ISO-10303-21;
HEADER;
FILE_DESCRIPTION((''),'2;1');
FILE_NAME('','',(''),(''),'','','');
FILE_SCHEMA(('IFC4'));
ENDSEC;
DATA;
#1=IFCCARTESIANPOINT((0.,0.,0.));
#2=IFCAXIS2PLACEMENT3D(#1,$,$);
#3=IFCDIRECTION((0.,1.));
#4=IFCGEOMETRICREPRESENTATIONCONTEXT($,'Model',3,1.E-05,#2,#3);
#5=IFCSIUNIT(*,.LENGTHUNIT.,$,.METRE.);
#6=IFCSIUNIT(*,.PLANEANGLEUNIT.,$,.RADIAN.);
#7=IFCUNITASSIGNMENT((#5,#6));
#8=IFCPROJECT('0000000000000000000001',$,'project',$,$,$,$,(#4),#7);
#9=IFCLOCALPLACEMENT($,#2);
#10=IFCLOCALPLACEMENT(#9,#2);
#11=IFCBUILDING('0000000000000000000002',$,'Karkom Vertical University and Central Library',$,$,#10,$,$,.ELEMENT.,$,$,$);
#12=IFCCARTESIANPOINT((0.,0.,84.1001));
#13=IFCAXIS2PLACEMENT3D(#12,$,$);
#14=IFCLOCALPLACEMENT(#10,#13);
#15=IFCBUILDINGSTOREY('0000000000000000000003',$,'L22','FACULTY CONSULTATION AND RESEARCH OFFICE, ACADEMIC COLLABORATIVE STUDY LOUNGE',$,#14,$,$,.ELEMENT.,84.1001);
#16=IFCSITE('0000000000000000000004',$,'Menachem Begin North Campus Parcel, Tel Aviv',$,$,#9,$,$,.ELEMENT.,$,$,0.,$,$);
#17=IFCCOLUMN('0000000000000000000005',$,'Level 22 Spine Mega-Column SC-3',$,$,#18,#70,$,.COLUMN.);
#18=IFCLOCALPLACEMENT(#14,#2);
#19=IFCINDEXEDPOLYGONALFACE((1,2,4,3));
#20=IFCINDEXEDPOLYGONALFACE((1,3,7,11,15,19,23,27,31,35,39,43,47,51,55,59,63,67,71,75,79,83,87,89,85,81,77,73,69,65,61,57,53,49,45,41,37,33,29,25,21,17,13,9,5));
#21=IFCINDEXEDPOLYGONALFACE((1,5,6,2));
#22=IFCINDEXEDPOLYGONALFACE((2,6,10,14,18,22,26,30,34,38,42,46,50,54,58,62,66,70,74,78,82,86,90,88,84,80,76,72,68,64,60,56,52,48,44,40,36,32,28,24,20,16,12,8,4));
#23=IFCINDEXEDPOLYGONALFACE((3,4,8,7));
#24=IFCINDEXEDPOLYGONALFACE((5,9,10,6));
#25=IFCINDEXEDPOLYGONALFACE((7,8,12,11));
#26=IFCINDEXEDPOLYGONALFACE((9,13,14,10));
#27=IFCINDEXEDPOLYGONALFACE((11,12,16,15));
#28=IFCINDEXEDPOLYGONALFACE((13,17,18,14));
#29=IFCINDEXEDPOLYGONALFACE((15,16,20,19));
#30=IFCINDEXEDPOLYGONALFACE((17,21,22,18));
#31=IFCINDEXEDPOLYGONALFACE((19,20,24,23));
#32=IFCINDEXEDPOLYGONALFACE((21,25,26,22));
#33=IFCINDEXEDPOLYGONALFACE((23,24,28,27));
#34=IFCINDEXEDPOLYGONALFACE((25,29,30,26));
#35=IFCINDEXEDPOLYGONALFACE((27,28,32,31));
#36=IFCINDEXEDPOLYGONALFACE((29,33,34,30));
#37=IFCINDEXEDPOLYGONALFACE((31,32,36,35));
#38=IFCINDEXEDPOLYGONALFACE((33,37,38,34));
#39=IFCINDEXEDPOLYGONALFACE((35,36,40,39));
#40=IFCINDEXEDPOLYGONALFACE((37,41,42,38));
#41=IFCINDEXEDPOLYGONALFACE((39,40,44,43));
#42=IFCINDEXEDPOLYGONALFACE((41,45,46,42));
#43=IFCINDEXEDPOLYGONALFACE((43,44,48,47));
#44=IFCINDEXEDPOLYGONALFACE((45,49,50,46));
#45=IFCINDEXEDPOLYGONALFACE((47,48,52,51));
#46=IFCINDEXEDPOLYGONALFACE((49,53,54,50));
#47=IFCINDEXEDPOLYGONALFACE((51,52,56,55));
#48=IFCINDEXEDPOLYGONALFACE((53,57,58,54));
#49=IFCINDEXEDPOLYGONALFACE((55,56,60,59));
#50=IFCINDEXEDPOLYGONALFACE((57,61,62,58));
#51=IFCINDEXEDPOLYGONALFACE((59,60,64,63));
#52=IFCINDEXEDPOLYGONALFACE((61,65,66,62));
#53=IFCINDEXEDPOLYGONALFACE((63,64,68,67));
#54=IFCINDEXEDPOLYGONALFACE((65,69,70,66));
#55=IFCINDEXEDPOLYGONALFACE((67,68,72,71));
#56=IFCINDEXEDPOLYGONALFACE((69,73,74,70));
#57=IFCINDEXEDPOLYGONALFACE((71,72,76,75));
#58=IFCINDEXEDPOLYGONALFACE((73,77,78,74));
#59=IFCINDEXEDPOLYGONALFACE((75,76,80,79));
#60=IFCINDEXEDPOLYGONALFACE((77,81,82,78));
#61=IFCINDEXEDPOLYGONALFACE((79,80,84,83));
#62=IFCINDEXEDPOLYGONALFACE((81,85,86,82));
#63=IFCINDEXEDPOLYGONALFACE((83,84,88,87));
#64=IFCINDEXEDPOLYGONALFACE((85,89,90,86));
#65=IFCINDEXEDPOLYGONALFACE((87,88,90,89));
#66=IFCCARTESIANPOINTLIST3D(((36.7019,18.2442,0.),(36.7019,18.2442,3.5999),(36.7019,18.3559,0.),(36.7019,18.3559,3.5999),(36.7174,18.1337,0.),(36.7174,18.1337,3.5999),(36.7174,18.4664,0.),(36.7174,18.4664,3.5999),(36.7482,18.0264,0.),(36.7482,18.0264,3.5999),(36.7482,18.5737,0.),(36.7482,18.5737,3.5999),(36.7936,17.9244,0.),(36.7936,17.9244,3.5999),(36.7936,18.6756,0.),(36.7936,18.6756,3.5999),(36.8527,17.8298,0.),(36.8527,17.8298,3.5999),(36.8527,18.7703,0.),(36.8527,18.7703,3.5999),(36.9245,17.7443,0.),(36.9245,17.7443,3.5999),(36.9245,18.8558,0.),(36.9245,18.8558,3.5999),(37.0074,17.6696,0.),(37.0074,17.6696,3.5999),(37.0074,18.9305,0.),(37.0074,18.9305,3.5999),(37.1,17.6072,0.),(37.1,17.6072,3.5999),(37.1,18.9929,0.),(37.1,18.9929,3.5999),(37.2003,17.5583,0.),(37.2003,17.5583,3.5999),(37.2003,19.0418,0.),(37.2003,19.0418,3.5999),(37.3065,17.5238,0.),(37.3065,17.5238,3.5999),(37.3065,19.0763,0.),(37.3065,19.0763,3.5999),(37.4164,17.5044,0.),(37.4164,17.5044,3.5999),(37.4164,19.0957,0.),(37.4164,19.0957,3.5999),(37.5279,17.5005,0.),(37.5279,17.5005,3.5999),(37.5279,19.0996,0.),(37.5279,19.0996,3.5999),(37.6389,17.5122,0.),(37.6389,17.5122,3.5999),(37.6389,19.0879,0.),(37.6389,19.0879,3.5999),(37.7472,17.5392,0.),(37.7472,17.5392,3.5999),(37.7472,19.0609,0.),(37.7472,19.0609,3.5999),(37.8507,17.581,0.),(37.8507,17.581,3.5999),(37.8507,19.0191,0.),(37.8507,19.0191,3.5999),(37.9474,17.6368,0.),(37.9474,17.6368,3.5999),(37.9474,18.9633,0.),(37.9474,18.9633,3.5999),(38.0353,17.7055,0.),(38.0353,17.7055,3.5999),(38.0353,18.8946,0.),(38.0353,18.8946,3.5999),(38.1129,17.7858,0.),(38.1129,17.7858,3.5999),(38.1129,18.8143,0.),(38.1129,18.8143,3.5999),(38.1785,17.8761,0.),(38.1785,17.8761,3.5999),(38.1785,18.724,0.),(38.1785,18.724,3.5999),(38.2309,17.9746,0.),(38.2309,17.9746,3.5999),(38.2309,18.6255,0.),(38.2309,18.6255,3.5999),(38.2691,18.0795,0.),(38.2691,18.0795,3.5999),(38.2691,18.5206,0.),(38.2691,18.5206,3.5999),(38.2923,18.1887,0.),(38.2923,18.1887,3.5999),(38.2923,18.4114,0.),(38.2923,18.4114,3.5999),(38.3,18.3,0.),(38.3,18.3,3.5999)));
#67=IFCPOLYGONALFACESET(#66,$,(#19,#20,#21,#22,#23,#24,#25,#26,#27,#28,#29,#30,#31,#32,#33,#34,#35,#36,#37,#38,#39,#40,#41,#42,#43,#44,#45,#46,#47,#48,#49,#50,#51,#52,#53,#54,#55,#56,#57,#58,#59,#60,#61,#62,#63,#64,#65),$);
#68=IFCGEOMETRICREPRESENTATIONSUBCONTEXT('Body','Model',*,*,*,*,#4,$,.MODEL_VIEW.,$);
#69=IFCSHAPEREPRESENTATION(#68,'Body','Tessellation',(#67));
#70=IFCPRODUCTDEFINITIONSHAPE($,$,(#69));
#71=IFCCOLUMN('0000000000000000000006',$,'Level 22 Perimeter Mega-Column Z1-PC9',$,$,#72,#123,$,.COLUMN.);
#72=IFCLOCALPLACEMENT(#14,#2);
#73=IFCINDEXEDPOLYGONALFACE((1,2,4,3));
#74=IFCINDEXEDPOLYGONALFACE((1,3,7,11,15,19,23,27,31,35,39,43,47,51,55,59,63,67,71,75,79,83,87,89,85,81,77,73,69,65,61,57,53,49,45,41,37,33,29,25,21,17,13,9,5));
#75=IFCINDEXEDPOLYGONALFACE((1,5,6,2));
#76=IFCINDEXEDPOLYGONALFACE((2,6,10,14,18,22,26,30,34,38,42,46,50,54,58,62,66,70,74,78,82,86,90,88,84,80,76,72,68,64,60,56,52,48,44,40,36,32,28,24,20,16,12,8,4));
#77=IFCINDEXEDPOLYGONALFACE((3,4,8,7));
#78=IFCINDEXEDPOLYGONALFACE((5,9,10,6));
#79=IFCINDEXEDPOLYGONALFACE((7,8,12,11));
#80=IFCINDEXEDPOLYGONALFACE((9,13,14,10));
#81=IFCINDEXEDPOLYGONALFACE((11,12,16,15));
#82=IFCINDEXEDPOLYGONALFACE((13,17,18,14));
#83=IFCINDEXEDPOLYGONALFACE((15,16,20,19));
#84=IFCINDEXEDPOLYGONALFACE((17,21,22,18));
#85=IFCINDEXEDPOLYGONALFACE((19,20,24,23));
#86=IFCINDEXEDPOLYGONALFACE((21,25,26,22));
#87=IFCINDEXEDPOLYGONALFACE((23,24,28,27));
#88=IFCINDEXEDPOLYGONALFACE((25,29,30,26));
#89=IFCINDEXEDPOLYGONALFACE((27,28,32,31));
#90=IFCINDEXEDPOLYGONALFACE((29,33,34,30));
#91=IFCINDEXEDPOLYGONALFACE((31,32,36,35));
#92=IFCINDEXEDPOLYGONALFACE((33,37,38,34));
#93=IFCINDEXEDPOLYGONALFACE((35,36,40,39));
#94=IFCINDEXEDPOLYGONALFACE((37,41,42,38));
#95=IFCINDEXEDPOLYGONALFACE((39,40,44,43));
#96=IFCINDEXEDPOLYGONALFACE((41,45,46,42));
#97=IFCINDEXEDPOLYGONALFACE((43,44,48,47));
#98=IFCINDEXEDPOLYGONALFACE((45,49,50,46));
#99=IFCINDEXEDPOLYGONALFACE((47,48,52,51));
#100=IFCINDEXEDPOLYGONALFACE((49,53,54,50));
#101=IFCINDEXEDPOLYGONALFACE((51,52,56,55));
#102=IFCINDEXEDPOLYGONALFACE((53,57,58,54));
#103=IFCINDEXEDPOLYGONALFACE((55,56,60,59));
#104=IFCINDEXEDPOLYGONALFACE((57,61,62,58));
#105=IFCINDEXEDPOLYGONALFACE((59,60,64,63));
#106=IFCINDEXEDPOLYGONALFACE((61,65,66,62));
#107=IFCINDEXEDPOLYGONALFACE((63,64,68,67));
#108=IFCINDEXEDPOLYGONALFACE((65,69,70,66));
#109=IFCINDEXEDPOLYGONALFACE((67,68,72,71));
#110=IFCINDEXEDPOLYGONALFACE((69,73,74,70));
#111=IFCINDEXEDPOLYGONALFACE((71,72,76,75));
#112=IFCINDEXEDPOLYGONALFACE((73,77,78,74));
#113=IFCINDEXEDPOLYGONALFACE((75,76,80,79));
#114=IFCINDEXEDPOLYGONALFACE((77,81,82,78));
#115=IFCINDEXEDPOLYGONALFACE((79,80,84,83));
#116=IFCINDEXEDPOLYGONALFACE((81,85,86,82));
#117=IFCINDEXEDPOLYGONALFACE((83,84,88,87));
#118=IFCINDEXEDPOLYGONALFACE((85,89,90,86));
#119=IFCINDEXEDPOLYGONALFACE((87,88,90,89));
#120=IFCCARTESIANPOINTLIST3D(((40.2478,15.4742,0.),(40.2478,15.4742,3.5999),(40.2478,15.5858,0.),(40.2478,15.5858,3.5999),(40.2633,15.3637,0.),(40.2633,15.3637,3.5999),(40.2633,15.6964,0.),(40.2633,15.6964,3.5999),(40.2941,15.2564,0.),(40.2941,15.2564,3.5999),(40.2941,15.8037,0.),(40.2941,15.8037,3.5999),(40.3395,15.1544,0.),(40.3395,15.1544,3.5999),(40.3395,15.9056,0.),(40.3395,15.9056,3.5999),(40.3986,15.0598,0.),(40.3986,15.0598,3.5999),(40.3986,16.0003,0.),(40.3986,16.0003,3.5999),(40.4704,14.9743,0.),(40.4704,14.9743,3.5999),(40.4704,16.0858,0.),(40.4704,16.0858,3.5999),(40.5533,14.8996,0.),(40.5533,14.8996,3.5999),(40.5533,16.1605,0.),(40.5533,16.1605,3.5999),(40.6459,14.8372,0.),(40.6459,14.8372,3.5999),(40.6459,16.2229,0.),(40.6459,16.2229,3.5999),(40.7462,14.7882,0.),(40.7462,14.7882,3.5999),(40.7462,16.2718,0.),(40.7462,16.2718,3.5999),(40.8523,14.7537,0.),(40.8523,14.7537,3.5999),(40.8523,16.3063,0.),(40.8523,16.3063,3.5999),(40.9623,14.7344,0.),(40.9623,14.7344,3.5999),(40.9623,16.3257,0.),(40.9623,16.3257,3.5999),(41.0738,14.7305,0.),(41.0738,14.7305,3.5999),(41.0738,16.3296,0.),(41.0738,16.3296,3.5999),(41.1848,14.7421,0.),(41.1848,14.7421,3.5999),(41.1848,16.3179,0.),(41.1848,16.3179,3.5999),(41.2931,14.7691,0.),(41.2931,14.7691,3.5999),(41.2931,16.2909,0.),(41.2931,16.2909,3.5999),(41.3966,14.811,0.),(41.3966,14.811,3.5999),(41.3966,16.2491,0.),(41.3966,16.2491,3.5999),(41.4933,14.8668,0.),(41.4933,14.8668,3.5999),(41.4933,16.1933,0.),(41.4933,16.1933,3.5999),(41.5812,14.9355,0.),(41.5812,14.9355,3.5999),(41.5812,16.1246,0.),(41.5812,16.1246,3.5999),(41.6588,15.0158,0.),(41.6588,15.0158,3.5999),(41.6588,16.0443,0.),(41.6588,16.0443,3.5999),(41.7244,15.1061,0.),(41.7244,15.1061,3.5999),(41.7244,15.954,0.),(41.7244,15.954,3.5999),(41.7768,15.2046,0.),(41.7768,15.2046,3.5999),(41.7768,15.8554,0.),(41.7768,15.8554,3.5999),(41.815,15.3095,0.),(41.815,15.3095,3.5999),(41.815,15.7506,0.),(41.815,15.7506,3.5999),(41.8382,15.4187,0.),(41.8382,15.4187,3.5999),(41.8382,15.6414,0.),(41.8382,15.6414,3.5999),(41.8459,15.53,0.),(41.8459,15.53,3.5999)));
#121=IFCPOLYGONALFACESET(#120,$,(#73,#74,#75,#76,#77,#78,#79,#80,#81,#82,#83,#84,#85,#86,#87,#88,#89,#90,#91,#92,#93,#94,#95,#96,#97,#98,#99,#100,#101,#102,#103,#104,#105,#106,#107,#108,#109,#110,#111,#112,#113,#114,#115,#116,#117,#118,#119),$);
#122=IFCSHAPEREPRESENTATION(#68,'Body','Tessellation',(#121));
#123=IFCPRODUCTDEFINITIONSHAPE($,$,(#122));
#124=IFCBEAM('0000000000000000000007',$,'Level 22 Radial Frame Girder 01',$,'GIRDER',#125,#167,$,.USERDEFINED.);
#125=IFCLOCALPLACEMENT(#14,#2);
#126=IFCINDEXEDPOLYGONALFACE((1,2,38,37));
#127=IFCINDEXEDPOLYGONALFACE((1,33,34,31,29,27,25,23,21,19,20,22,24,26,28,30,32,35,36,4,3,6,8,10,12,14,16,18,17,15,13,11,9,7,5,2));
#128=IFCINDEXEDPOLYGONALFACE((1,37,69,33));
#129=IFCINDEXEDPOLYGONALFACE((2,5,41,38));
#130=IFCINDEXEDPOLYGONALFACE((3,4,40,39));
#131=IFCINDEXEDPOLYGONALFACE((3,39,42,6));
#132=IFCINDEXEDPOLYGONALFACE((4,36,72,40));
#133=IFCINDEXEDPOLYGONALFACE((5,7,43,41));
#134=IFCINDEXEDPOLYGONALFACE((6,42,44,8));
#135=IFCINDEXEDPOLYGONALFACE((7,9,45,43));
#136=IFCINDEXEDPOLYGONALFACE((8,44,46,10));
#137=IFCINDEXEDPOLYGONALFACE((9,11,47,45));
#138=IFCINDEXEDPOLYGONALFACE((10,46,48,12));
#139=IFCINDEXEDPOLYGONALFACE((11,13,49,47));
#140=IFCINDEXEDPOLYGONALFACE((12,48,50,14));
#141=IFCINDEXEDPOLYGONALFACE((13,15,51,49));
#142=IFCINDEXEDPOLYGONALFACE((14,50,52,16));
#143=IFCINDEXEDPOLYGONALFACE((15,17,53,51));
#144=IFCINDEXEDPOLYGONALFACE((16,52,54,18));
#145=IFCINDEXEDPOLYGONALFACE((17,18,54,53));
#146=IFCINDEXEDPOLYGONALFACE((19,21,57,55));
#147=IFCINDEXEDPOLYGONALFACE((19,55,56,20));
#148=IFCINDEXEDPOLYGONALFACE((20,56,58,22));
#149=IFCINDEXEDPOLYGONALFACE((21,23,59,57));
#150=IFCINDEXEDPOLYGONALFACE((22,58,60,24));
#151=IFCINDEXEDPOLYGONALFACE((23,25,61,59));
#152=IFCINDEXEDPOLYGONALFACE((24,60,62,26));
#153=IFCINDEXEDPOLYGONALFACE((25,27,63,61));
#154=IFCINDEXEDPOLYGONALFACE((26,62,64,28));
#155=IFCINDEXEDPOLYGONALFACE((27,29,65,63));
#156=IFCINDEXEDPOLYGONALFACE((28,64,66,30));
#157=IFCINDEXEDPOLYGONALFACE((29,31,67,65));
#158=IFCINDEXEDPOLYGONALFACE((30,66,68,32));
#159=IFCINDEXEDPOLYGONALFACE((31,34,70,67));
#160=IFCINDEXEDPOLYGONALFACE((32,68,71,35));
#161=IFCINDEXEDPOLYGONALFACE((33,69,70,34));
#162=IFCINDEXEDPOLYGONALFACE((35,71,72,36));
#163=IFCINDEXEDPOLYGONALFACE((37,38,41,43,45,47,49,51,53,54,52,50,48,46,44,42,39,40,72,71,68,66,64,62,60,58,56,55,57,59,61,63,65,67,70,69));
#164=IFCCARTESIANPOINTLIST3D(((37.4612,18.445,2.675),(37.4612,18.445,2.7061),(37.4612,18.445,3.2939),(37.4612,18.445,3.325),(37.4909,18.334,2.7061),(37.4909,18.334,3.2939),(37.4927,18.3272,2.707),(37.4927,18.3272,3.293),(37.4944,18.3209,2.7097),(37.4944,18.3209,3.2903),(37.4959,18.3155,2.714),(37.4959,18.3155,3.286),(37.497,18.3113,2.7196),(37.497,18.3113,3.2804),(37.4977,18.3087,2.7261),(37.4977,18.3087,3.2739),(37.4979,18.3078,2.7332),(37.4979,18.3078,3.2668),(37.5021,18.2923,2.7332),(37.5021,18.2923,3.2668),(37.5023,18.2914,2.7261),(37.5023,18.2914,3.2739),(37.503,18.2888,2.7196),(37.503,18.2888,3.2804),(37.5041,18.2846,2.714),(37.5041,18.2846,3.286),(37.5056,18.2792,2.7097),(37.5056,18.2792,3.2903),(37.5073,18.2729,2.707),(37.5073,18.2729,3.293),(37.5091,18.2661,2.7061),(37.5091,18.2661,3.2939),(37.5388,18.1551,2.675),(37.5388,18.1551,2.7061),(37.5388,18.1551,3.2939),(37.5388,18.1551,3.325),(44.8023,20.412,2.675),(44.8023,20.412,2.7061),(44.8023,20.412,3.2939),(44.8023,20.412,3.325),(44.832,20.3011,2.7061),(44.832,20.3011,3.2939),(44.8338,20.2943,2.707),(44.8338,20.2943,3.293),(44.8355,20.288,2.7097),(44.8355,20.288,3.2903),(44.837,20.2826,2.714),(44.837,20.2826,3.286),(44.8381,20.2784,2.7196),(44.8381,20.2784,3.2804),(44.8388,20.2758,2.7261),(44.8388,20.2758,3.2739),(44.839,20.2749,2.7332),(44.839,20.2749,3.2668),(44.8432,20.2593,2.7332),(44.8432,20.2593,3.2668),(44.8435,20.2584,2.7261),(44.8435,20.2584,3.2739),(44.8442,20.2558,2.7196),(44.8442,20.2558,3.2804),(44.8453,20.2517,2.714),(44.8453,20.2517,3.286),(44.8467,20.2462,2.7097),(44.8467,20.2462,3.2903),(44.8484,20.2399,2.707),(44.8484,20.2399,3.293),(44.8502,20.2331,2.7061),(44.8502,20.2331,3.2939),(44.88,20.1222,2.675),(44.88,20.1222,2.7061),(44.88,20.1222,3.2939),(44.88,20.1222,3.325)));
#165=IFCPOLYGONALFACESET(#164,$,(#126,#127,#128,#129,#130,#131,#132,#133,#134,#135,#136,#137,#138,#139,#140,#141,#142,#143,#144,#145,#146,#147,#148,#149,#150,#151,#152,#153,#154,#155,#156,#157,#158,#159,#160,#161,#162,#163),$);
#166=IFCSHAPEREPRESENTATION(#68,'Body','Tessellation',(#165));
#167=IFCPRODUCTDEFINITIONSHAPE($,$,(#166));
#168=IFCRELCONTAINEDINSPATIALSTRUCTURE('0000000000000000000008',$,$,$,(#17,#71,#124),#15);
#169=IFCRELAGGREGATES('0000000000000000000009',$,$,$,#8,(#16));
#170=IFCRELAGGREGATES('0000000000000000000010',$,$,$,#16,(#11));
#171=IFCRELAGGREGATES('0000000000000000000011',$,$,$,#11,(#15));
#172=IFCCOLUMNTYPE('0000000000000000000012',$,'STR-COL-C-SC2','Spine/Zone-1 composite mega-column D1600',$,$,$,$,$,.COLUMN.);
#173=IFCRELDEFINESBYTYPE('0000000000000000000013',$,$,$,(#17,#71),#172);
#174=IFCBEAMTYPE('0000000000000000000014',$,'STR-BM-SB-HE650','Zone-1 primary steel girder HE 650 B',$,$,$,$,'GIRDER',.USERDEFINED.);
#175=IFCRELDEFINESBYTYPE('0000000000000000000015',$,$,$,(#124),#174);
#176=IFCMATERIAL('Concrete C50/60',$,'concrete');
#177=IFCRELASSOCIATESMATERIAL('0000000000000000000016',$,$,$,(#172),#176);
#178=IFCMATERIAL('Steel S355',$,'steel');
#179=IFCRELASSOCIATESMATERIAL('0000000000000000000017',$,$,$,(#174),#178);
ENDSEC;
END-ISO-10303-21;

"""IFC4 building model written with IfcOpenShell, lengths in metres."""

from ifc_helpers import new_model, si_unit, direction, frame, origin, origin_with_axes, origin_2d, place, context, subcontext, project, spatial, circle, i_section, extrude, source, transform, mapped, material, material_profile, profile_set, type_object, element, save


model = new_model("IFC4")

# Units and contexts
model_context = context("Model", 3, precision=1e-05, world=origin(), true_north=direction((0.0, 1.0)))
body_context = subcontext(model_context, "Body", "Model", "MODEL_VIEW")
ifc_project = project(units=[si_unit("LENGTHUNIT", "METRE"), si_unit("PLANEANGLEUNIT", "RADIAN")], contexts=[model_context])

# Site, building, storey
site_placement = place(None, origin())
site = spatial("IfcSite", under=ifc_project, at=site_placement, Name="Menachem Begin North Campus Parcel, Tel Aviv", CompositionType="ELEMENT", RefElevation=0.0)
building_placement = place(site_placement, origin())
building = spatial("IfcBuilding", under=site, at=building_placement, Name="Karkom Vertical University and Central Library", CompositionType="ELEMENT")
storey_placement = place(building_placement, frame((0.0, 0.0, 84.1001)))
storey = spatial("IfcBuildingStorey", under=building, at=storey_placement, Name="L22", Description="FACULTY CONSULTATION AND RESEARCH OFFICE, ACADEMIC COLLABORATIVE STUDY LOUNGE", CompositionType="ELEMENT", Elevation=84.1001)

# Columns
ifc_material_1 = material(Name="Concrete C50/60", Category="concrete")
ifc_material_profile_1 = material_profile(ifc_material_1, circle(Radius=0.8, at=origin_2d()), Name="CFT-D1600")
ifc_profile_set_1 = profile_set([ifc_material_profile_1], Name="Concrete C50/60")
column_type = type_object("IfcColumnType", Name="STR-COL-C-SC2", Description="Spine/Zone-1 composite mega-column D1600", PredefinedType="COLUMN", material=ifc_profile_set_1)
shared_shape_1 = source(origin_with_axes(), body_context, "Body", "SweptSolid", [
    extrude(circle(Radius=0.8, at=origin_2d()), origin(), (0.0, 0.0, 1.0), 3.5999),
])
for number, where, z_axis, x_axis, name in (
    (1, (37.5, 18.3, 0.0), (0.0, 0.0, 1.0), (1.0, 0.0, 0.0), "Level 22 Spine Mega-Column SC-3"),
    (2, (41.0459, 15.53, 0.0), (0.0, 0.0, 1.0), (1.0, 0.0, 0.0), "Level 22 Perimeter Mega-Column Z1-PC9"),
):
    element("IfcColumn", number, at=place(storey_placement, frame(where, z_axis=z_axis, x_axis=x_axis)), inside=storey, type_object=column_type, Name=name, PredefinedType="COLUMN", context=body_context, shape_type="MappedRepresentation", body=[
        mapped(shared_shape_1, transform((0.0, 0.0, 0.0), scale=1.0)),
    ])

# Beam
ifc_material_2 = material(Name="Steel S355", Category="steel")
ifc_material_profile_2 = material_profile(ifc_material_2, i_section(OverallWidth=0.3, OverallDepth=0.6499, WebThickness=0.0161, FlangeThickness=0.031, FilletRadius=0.0271, at=origin_2d()), Name="HE 650 B")
ifc_profile_set_2 = profile_set([ifc_material_profile_2], Name="Steel S355")
beam_type_1 = type_object("IfcBeamType", Name="STR-BM-SB-HE650", Description="Zone-1 primary steel girder HE 650 B", ElementType="GIRDER", PredefinedType="USERDEFINED", material=ifc_profile_set_2)
shared_shape_2 = source(origin_with_axes(), body_context, "Body", "SweptSolid", [
    extrude(i_section(OverallWidth=0.3, OverallDepth=0.6499, WebThickness=0.0161, FlangeThickness=0.031, FilletRadius=0.0271, at=origin_2d()), origin(), (0.0, 0.0, 1.0), 7.6001),
])
beam_1_placement = place(storey_placement, frame((37.5, 18.3, 3.0), z_axis=(0.965926, 0.25882, 0.0), x_axis=(-0.25882, 0.965926, 0.0)))
element("IfcBeam", 3, at=beam_1_placement, inside=storey, type_object=beam_type_1, Name="Level 22 Radial Frame Girder 01", ObjectType="GIRDER", PredefinedType="USERDEFINED", context=body_context, shape_type="MappedRepresentation", body=[
    mapped(shared_shape_2, transform((0.0, 0.0, 0.0), scale=1.0)),
])

save(model, "model.ifc")
